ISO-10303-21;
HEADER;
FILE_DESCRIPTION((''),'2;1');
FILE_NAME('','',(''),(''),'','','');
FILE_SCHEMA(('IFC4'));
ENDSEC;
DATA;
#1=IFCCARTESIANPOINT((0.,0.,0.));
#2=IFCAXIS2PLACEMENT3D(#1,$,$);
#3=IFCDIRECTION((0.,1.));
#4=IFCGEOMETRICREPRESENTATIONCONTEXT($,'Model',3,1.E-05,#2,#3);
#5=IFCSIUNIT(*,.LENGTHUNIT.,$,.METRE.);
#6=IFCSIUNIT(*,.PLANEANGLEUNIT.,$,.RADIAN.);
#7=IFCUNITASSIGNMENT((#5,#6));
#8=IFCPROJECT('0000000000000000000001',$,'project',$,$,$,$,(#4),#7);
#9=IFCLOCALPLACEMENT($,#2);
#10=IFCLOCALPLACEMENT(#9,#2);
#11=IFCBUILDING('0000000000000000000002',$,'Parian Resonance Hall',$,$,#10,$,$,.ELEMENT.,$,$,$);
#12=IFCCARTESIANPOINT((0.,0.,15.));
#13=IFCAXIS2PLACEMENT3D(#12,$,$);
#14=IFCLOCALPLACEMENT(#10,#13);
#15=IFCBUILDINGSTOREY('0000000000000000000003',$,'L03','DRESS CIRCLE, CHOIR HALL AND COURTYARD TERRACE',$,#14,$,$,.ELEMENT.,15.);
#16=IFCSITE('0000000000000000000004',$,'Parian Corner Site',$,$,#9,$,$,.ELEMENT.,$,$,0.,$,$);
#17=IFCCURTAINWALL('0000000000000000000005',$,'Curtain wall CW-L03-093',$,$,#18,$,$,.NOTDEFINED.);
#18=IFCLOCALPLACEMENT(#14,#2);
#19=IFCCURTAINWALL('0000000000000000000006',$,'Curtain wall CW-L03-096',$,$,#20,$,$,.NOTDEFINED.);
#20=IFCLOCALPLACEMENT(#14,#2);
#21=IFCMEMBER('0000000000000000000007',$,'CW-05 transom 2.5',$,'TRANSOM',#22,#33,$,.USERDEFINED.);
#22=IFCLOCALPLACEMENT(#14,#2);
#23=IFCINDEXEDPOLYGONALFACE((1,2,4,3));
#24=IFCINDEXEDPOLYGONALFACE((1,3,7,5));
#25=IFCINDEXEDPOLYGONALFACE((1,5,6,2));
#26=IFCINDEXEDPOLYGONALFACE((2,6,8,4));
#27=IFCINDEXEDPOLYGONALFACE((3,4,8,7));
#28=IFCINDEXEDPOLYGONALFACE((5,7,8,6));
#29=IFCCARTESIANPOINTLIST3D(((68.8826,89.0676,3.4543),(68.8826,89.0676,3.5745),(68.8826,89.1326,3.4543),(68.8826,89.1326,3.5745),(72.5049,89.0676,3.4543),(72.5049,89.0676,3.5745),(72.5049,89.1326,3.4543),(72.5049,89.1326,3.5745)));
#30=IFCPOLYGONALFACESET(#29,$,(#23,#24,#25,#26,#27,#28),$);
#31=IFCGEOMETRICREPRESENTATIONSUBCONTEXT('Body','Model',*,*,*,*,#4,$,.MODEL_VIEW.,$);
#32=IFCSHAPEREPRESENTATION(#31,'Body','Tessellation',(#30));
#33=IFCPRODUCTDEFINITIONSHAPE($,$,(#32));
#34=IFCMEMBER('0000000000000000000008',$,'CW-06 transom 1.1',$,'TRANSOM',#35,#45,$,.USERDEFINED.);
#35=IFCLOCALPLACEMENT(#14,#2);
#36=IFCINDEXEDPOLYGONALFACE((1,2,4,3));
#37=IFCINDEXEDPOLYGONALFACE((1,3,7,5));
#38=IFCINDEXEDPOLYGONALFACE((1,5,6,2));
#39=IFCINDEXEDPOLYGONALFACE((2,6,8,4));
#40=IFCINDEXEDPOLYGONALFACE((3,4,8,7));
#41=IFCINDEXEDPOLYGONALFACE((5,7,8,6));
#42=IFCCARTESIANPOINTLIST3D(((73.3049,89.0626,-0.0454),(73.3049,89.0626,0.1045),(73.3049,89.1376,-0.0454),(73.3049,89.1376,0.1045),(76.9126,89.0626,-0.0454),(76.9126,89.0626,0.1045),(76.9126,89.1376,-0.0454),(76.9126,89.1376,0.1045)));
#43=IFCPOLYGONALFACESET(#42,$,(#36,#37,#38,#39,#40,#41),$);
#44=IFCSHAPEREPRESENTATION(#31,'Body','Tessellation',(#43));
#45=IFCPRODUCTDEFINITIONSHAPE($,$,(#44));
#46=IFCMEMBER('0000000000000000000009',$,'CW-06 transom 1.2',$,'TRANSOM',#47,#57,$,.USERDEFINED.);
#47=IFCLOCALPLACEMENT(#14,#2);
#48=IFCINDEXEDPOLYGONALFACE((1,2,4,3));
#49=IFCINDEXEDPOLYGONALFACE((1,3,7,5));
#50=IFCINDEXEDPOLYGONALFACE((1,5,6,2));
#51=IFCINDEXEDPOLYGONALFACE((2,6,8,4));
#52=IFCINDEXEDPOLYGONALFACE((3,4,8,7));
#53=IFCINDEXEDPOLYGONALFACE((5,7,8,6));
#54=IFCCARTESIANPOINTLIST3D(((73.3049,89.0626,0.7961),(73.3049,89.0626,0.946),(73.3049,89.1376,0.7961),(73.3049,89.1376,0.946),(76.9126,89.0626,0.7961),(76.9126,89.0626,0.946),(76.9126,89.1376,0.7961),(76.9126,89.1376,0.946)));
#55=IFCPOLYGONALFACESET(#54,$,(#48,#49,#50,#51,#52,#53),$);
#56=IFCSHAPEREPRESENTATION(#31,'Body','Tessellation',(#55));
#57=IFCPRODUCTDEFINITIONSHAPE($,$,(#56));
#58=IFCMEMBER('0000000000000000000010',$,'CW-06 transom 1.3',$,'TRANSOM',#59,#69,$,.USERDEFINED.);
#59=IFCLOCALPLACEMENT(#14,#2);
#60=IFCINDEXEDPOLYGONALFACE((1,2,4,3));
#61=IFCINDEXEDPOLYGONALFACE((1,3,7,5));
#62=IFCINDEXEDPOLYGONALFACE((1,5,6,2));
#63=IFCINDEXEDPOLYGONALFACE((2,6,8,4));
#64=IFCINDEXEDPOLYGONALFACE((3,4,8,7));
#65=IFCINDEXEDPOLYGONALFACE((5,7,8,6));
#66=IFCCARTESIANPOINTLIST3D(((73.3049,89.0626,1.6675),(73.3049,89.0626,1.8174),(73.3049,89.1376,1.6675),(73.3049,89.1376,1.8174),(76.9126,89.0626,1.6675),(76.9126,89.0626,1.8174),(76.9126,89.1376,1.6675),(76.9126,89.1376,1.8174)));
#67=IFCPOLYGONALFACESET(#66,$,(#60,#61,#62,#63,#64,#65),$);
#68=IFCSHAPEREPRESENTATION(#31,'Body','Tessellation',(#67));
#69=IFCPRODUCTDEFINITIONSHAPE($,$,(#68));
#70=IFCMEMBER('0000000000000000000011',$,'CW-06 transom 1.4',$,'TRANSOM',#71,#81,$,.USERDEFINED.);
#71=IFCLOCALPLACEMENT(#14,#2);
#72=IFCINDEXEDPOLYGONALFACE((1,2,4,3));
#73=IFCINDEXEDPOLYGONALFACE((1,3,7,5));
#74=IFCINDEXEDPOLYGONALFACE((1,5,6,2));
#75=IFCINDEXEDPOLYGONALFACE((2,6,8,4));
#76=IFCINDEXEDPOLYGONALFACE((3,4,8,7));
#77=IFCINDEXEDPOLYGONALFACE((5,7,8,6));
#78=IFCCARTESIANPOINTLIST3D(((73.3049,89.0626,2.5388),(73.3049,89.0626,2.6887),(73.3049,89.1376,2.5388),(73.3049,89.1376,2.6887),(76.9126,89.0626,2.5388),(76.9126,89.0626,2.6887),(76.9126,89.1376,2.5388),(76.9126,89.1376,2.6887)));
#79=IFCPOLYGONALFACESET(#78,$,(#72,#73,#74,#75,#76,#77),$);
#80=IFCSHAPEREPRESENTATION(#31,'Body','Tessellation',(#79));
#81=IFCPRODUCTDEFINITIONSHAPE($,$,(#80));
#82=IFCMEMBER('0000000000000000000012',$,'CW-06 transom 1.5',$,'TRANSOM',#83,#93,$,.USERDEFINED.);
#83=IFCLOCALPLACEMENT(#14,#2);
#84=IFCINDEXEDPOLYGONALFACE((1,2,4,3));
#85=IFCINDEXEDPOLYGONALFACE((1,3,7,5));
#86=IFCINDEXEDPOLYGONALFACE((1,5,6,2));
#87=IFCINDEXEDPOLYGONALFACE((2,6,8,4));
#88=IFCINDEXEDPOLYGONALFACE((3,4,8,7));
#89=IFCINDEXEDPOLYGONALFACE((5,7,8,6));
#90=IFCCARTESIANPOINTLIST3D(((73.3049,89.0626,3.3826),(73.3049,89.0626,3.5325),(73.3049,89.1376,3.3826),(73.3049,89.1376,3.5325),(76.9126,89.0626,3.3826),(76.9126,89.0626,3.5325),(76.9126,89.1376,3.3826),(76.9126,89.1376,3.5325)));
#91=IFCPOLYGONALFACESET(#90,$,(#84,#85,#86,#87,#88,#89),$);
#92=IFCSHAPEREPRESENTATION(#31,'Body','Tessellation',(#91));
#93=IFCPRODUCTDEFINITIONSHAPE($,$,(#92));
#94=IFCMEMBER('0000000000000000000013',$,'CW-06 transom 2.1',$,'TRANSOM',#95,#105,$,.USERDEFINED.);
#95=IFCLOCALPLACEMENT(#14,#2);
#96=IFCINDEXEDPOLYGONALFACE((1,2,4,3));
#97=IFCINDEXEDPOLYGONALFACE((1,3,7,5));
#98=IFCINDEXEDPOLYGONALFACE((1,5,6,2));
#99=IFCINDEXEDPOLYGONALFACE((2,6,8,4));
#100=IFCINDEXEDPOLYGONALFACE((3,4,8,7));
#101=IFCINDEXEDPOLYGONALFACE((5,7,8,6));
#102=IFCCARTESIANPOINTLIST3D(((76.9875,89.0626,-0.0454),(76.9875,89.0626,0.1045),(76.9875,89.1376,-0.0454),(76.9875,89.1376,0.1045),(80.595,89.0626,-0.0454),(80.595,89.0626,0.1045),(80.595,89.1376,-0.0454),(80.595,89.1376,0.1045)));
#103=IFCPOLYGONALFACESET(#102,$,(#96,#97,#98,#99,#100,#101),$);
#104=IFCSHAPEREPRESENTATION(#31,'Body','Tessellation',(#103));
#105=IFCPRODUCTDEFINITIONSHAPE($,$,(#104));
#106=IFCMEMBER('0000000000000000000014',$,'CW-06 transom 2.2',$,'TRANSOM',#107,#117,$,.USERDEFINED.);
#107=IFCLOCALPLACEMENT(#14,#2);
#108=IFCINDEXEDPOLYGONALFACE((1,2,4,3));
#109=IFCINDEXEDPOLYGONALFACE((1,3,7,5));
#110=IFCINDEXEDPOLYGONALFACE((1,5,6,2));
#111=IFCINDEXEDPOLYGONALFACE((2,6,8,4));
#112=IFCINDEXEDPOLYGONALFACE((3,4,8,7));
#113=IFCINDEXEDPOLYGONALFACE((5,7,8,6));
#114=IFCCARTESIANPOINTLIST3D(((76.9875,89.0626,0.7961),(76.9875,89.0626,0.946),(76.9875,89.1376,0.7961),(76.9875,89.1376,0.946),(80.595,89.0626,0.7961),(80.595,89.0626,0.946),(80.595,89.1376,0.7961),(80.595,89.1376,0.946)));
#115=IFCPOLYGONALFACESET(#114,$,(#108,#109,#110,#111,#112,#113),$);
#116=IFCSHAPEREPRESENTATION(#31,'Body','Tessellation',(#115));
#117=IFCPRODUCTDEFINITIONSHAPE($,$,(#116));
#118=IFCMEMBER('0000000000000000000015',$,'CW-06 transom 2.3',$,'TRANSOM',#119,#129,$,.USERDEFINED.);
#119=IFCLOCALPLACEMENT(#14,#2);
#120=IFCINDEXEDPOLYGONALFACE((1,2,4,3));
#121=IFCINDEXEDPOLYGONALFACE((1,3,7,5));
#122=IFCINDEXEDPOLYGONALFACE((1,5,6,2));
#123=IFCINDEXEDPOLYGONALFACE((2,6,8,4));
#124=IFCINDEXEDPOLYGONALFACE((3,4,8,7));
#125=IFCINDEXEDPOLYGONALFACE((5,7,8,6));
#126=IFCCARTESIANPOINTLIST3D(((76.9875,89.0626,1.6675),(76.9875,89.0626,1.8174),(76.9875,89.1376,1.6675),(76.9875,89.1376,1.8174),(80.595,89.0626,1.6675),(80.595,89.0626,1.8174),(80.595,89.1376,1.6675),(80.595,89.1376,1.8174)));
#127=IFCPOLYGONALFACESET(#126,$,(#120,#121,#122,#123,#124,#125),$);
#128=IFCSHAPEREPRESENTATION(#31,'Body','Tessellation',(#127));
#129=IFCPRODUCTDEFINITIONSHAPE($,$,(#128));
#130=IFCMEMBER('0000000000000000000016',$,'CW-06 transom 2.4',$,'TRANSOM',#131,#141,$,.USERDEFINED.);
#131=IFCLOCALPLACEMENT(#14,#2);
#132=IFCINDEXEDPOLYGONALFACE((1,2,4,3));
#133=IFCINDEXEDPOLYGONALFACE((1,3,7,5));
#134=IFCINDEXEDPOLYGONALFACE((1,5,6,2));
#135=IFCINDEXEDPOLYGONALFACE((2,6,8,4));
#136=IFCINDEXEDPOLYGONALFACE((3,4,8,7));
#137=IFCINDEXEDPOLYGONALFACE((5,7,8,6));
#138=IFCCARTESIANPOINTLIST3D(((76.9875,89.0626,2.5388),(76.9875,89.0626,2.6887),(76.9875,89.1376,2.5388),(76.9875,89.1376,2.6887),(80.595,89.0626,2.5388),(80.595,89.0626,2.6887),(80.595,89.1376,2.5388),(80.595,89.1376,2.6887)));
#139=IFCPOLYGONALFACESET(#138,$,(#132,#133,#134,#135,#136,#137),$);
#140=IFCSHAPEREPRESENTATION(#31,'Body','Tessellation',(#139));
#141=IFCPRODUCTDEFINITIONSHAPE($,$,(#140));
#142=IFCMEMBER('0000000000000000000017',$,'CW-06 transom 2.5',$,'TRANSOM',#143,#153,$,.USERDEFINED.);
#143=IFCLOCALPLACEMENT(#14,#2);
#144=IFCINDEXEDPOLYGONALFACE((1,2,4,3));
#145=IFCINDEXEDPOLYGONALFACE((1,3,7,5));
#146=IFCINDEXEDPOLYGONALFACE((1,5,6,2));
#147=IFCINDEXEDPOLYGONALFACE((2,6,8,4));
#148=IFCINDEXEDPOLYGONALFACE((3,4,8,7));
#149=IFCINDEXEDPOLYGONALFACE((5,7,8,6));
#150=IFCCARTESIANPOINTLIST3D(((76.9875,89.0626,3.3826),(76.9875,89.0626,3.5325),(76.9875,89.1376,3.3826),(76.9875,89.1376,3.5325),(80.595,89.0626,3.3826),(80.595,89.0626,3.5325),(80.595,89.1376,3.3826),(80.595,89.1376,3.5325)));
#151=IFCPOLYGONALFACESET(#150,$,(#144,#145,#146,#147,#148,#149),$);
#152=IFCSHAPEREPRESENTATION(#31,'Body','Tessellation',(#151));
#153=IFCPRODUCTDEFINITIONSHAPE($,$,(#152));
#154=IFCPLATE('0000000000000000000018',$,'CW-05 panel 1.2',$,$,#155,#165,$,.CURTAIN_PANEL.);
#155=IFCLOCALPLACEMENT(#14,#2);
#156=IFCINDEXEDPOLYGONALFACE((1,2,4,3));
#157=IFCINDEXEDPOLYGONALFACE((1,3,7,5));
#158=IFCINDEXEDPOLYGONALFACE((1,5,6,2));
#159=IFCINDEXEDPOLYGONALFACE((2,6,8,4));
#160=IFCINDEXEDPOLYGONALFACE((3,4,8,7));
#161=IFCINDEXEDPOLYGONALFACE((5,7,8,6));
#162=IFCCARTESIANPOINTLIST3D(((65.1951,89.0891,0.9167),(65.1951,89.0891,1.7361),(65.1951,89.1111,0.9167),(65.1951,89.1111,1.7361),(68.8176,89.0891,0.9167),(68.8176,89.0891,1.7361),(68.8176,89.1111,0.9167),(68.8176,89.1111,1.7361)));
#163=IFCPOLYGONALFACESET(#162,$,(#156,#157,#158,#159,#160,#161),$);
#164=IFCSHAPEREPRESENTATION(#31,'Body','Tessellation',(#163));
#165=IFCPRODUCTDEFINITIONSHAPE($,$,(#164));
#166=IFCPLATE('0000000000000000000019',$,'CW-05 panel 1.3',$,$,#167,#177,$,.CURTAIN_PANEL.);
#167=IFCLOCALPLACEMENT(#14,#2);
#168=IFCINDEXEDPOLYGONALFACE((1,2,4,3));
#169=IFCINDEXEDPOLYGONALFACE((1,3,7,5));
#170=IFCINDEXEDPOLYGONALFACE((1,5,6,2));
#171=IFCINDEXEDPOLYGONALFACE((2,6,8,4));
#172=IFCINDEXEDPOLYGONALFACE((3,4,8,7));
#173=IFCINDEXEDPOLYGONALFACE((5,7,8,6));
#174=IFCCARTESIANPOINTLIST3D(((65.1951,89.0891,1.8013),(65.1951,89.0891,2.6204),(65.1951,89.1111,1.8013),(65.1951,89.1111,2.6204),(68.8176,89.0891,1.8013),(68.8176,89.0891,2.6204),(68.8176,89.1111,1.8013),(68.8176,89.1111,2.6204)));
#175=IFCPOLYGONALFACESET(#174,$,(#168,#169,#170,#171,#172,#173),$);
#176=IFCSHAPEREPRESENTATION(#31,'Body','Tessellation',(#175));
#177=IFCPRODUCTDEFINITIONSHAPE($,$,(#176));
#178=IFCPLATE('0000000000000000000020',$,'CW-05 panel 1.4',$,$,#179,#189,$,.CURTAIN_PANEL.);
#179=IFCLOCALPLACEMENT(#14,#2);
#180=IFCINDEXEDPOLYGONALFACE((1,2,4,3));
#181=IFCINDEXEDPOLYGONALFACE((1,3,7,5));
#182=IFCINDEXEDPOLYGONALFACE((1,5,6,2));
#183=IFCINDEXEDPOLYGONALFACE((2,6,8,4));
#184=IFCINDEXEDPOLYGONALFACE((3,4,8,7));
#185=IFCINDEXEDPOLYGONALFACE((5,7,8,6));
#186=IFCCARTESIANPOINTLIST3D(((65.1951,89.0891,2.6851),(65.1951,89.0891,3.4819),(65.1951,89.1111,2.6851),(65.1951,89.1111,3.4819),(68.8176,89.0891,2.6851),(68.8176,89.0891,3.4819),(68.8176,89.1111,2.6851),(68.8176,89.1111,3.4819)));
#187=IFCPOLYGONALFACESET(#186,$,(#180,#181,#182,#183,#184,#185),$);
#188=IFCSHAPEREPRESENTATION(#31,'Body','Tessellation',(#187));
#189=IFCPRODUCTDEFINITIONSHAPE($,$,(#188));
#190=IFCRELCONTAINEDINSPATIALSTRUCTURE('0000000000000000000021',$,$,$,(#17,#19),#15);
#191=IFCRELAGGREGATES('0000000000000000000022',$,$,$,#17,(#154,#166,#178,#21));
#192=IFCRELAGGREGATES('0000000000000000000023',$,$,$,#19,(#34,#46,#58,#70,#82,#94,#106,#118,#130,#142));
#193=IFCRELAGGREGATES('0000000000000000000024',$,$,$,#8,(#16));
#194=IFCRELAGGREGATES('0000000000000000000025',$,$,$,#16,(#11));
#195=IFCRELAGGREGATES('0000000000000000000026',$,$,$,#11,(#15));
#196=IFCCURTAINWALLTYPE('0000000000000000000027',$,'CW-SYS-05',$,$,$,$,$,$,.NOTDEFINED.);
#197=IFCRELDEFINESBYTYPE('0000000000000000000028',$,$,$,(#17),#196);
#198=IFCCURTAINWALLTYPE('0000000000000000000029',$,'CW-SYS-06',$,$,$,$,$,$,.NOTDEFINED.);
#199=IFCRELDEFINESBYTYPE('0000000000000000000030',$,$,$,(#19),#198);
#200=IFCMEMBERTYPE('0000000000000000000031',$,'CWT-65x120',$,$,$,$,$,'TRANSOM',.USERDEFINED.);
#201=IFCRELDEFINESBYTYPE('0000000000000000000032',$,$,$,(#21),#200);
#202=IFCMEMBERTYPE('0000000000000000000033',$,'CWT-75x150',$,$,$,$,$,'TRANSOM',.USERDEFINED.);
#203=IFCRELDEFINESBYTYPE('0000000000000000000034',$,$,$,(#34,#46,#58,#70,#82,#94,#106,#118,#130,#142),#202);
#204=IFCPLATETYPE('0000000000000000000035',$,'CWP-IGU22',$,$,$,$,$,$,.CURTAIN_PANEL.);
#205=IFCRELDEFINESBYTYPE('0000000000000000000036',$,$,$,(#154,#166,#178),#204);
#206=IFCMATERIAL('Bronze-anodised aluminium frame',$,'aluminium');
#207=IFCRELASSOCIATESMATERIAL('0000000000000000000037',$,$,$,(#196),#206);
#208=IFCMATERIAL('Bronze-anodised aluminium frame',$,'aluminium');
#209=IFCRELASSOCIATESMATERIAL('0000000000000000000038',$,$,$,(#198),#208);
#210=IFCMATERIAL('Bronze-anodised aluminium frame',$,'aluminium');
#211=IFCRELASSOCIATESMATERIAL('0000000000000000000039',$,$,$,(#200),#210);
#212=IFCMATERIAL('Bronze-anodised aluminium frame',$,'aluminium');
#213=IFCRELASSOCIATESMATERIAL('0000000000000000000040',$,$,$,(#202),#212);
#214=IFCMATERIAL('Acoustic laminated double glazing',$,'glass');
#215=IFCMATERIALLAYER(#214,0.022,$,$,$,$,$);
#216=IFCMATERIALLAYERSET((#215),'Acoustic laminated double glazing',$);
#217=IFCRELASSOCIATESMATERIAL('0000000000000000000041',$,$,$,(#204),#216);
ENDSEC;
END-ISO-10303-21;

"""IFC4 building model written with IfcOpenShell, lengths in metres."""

from ifc_helpers import new_model, si_unit, direction, frame, origin, origin_2d, place, context, subcontext, project, spatial, rectangle, extrude, material, layer, layer_set, material_profile, profile_set, type_object, element, aggregate, save


model = new_model("IFC4")

# Units and contexts
model_context = context("Model", 3, precision=1e-05, world=origin(), true_north=direction((0.0, 1.0)))
body_context = subcontext(model_context, "Body", "Model", "MODEL_VIEW")
ifc_project = project(units=[si_unit("LENGTHUNIT", "METRE"), si_unit("PLANEANGLEUNIT", "RADIAN")], contexts=[model_context])

# Site, building, storey
site_placement = place(None, origin())
site = spatial("IfcSite", under=ifc_project, at=site_placement, Name="Parian Corner Site", CompositionType="ELEMENT", RefElevation=0.0)
building_placement = place(site_placement, origin())
building = spatial("IfcBuilding", under=site, at=building_placement, Name="Parian Resonance Hall", CompositionType="ELEMENT")
storey_placement = place(building_placement, frame((0.0, 0.0, 15.0)))
storey = spatial("IfcBuildingStorey", under=building, at=storey_placement, Name="L03", Description="DRESS CIRCLE, CHOIR HALL AND COURTYARD TERRACE", CompositionType="ELEMENT", Elevation=15.0)

# Curtain walls
ifc_material_1 = material(Name="Bronze-anodised aluminium frame", Category="aluminium")
curtain_wall_type_1 = type_object("IfcCurtainWallType", Name="CW-SYS-05", PredefinedType="NOTDEFINED", material=ifc_material_1)
curtain_wall_1_placement = place(storey_placement, origin())
curtain_wall_1 = element("IfcCurtainWall", 1, at=curtain_wall_1_placement, inside=storey, type_object=curtain_wall_type_1, Name="Curtain wall CW-L03-093", PredefinedType="NOTDEFINED")
ifc_material_2 = material(Name="Bronze-anodised aluminium frame", Category="aluminium")
curtain_wall_type_2 = type_object("IfcCurtainWallType", Name="CW-SYS-06", PredefinedType="NOTDEFINED", material=ifc_material_2)
curtain_wall_2_placement = place(storey_placement, origin())
curtain_wall_2 = element("IfcCurtainWall", 2, at=curtain_wall_2_placement, inside=storey, type_object=curtain_wall_type_2, Name="Curtain wall CW-L03-096", PredefinedType="NOTDEFINED")

# Members
ifc_material_3 = material(Name="Bronze-anodised aluminium frame", Category="aluminium")
ifc_material_profile_1 = material_profile(ifc_material_3, rectangle(XDim=0.0649, YDim=0.1201, at=origin_2d()), Name="CWT-65x120")
ifc_profile_set_1 = profile_set([ifc_material_profile_1], Name="Bronze-anodised aluminium frame")
member_type_1 = type_object("IfcMemberType", Name="CWT-65x120", ElementType="TRANSOM", PredefinedType="USERDEFINED", material=ifc_profile_set_1)
member_1_placement = place(storey_placement, frame((68.8826, 89.1001, 3.5144), z_axis=(1.0, 0.0, 0.0), x_axis=(0.0, 1.0, 0.0)))
member_1 = element("IfcMember", 3, at=member_1_placement, type_object=member_type_1, Name="CW-05 transom 2.5", ObjectType="TRANSOM", PredefinedType="USERDEFINED", context=body_context, shape_type="SweptSolid", body=[
    extrude(rectangle(XDim=0.0649, YDim=0.1201, at=origin_2d()), origin(), (0.0, 0.0, 1.0), 3.6223),
])
ifc_material_4 = material(Name="Bronze-anodised aluminium frame", Category="aluminium")
ifc_material_profile_2 = material_profile(ifc_material_4, rectangle(XDim=0.075, YDim=0.1499, at=origin_2d()), Name="CWT-75x150")
ifc_profile_set_2 = profile_set([ifc_material_profile_2], Name="Bronze-anodised aluminium frame")
member_type_2 = type_object("IfcMemberType", Name="CWT-75x150", ElementType="TRANSOM", PredefinedType="USERDEFINED", material=ifc_profile_set_2)
member_2_placement = place(storey_placement, frame((73.3049, 89.1001, 0.0295), z_axis=(1.0, 0.0, 0.0), x_axis=(0.0, 1.0, 0.0)))
member_2 = element("IfcMember", 4, at=member_2_placement, type_object=member_type_2, Name="CW-06 transom 1.1", ObjectType="TRANSOM", PredefinedType="USERDEFINED", context=body_context, shape_type="SweptSolid", body=[
    extrude(rectangle(XDim=0.075, YDim=0.1499, at=origin_2d()), origin(), (0.0, 0.0, 1.0), 3.6077),
])
member_3_placement = place(storey_placement, frame((73.3049, 89.1001, 0.8711), z_axis=(1.0, 0.0, 0.0), x_axis=(0.0, 1.0, 0.0)))
member_3 = element("IfcMember", 5, at=member_3_placement, type_object=member_type_2, Name="CW-06 transom 1.2", ObjectType="TRANSOM", PredefinedType="USERDEFINED", context=body_context, shape_type="SweptSolid", body=[
    extrude(rectangle(XDim=0.075, YDim=0.1499, at=origin_2d()), origin(), (0.0, 0.0, 1.0), 3.6077),
])
member_4_placement = place(storey_placement, frame((73.3049, 89.1001, 1.7424), z_axis=(1.0, 0.0, 0.0), x_axis=(0.0, 1.0, 0.0)))
member_4 = element("IfcMember", 6, at=member_4_placement, type_object=member_type_2, Name="CW-06 transom 1.3", ObjectType="TRANSOM", PredefinedType="USERDEFINED", context=body_context, shape_type="SweptSolid", body=[
    extrude(rectangle(XDim=0.075, YDim=0.1499, at=origin_2d()), origin(), (0.0, 0.0, 1.0), 3.6077),
])
member_5_placement = place(storey_placement, frame((73.3049, 89.1001, 2.6138), z_axis=(1.0, 0.0, 0.0), x_axis=(0.0, 1.0, 0.0)))
member_5 = element("IfcMember", 7, at=member_5_placement, type_object=member_type_2, Name="CW-06 transom 1.4", ObjectType="TRANSOM", PredefinedType="USERDEFINED", context=body_context, shape_type="SweptSolid", body=[
    extrude(rectangle(XDim=0.075, YDim=0.1499, at=origin_2d()), origin(), (0.0, 0.0, 1.0), 3.6077),
])
member_6_placement = place(storey_placement, frame((73.3049, 89.1001, 3.4575), z_axis=(1.0, 0.0, 0.0), x_axis=(0.0, 1.0, 0.0)))
member_6 = element("IfcMember", 8, at=member_6_placement, type_object=member_type_2, Name="CW-06 transom 1.5", ObjectType="TRANSOM", PredefinedType="USERDEFINED", context=body_context, shape_type="SweptSolid", body=[
    extrude(rectangle(XDim=0.075, YDim=0.1499, at=origin_2d()), origin(), (0.0, 0.0, 1.0), 3.6077),
])
member_7_placement = place(storey_placement, frame((76.9875, 89.1001, 0.0295), z_axis=(1.0, 0.0, 0.0), x_axis=(0.0, 1.0, 0.0)))
member_7 = element("IfcMember", 9, at=member_7_placement, type_object=member_type_2, Name="CW-06 transom 2.1", ObjectType="TRANSOM", PredefinedType="USERDEFINED", context=body_context, shape_type="SweptSolid", body=[
    extrude(rectangle(XDim=0.075, YDim=0.1499, at=origin_2d()), origin(), (0.0, 0.0, 1.0), 3.6074),
])
member_8_placement = place(storey_placement, frame((76.9875, 89.1001, 0.8711), z_axis=(1.0, 0.0, 0.0), x_axis=(0.0, 1.0, 0.0)))
member_8 = element("IfcMember", 10, at=member_8_placement, type_object=member_type_2, Name="CW-06 transom 2.2", ObjectType="TRANSOM", PredefinedType="USERDEFINED", context=body_context, shape_type="SweptSolid", body=[
    extrude(rectangle(XDim=0.075, YDim=0.1499, at=origin_2d()), origin(), (0.0, 0.0, 1.0), 3.6074),
])
member_9_placement = place(storey_placement, frame((76.9875, 89.1001, 1.7424), z_axis=(1.0, 0.0, 0.0), x_axis=(0.0, 1.0, 0.0)))
member_9 = element("IfcMember", 11, at=member_9_placement, type_object=member_type_2, Name="CW-06 transom 2.3", ObjectType="TRANSOM", PredefinedType="USERDEFINED", context=body_context, shape_type="SweptSolid", body=[
    extrude(rectangle(XDim=0.075, YDim=0.1499, at=origin_2d()), origin(), (0.0, 0.0, 1.0), 3.6074),
])
member_10_placement = place(storey_placement, frame((76.9875, 89.1001, 2.6138), z_axis=(1.0, 0.0, 0.0), x_axis=(0.0, 1.0, 0.0)))
member_10 = element("IfcMember", 12, at=member_10_placement, type_object=member_type_2, Name="CW-06 transom 2.4", ObjectType="TRANSOM", PredefinedType="USERDEFINED", context=body_context, shape_type="SweptSolid", body=[
    extrude(rectangle(XDim=0.075, YDim=0.1499, at=origin_2d()), origin(), (0.0, 0.0, 1.0), 3.6074),
])
member_11_placement = place(storey_placement, frame((76.9875, 89.1001, 3.4575), z_axis=(1.0, 0.0, 0.0), x_axis=(0.0, 1.0, 0.0)))
member_11 = element("IfcMember", 13, at=member_11_placement, type_object=member_type_2, Name="CW-06 transom 2.5", ObjectType="TRANSOM", PredefinedType="USERDEFINED", context=body_context, shape_type="SweptSolid", body=[
    extrude(rectangle(XDim=0.075, YDim=0.1499, at=origin_2d()), origin(), (0.0, 0.0, 1.0), 3.6074),
])

# Plates
ifc_material_5 = material(Name="Acoustic laminated double glazing", Category="glass")
ifc_layer = layer(ifc_material_5, 0.022)
ifc_layer_set = layer_set([ifc_layer], Name="Acoustic laminated double glazing")
plate_type = type_object("IfcPlateType", Name="CWP-IGU22", PredefinedType="CURTAIN_PANEL", material=ifc_layer_set)
plate_1_placement = place(storey_placement, frame((67.0063, 89.1001, 0.9167), z_axis=(0.0, 0.0, 1.0), x_axis=(1.0, 0.0, 0.0)))
plate_1 = element("IfcPlate", 14, at=plate_1_placement, type_object=plate_type, Name="CW-05 panel 1.2", PredefinedType="CURTAIN_PANEL", context=body_context, shape_type="SweptSolid", body=[
    extrude(rectangle(XDim=3.6226, YDim=0.022, at=origin_2d()), origin(), (0.0, 0.0, 1.0), 0.8193),
])
plate_2_placement = place(storey_placement, frame((67.0063, 89.1001, 1.8013), z_axis=(0.0, 0.0, 1.0), x_axis=(1.0, 0.0, 0.0)))
plate_2 = element("IfcPlate", 15, at=plate_2_placement, type_object=plate_type, Name="CW-05 panel 1.3", PredefinedType="CURTAIN_PANEL", context=body_context, shape_type="SweptSolid", body=[
    extrude(rectangle(XDim=3.6226, YDim=0.022, at=origin_2d()), origin(), (0.0, 0.0, 1.0), 0.8191),
])
plate_3_placement = place(storey_placement, frame((67.0063, 89.1001, 2.6851), z_axis=(0.0, 0.0, 1.0), x_axis=(1.0, 0.0, 0.0)))
plate_3 = element("IfcPlate", 16, at=plate_3_placement, type_object=plate_type, Name="CW-05 panel 1.4", PredefinedType="CURTAIN_PANEL", context=body_context, shape_type="SweptSolid", body=[
    extrude(rectangle(XDim=3.6226, YDim=0.022, at=origin_2d()), origin(), (0.0, 0.0, 1.0), 0.7969),
])
aggregate(curtain_wall_1, [plate_1, plate_2, plate_3, member_1])
aggregate(curtain_wall_2, [member_2, member_3, member_4, member_5, member_6, member_7, member_8, member_9, member_10, member_11])

save(model, "model.ifc")
